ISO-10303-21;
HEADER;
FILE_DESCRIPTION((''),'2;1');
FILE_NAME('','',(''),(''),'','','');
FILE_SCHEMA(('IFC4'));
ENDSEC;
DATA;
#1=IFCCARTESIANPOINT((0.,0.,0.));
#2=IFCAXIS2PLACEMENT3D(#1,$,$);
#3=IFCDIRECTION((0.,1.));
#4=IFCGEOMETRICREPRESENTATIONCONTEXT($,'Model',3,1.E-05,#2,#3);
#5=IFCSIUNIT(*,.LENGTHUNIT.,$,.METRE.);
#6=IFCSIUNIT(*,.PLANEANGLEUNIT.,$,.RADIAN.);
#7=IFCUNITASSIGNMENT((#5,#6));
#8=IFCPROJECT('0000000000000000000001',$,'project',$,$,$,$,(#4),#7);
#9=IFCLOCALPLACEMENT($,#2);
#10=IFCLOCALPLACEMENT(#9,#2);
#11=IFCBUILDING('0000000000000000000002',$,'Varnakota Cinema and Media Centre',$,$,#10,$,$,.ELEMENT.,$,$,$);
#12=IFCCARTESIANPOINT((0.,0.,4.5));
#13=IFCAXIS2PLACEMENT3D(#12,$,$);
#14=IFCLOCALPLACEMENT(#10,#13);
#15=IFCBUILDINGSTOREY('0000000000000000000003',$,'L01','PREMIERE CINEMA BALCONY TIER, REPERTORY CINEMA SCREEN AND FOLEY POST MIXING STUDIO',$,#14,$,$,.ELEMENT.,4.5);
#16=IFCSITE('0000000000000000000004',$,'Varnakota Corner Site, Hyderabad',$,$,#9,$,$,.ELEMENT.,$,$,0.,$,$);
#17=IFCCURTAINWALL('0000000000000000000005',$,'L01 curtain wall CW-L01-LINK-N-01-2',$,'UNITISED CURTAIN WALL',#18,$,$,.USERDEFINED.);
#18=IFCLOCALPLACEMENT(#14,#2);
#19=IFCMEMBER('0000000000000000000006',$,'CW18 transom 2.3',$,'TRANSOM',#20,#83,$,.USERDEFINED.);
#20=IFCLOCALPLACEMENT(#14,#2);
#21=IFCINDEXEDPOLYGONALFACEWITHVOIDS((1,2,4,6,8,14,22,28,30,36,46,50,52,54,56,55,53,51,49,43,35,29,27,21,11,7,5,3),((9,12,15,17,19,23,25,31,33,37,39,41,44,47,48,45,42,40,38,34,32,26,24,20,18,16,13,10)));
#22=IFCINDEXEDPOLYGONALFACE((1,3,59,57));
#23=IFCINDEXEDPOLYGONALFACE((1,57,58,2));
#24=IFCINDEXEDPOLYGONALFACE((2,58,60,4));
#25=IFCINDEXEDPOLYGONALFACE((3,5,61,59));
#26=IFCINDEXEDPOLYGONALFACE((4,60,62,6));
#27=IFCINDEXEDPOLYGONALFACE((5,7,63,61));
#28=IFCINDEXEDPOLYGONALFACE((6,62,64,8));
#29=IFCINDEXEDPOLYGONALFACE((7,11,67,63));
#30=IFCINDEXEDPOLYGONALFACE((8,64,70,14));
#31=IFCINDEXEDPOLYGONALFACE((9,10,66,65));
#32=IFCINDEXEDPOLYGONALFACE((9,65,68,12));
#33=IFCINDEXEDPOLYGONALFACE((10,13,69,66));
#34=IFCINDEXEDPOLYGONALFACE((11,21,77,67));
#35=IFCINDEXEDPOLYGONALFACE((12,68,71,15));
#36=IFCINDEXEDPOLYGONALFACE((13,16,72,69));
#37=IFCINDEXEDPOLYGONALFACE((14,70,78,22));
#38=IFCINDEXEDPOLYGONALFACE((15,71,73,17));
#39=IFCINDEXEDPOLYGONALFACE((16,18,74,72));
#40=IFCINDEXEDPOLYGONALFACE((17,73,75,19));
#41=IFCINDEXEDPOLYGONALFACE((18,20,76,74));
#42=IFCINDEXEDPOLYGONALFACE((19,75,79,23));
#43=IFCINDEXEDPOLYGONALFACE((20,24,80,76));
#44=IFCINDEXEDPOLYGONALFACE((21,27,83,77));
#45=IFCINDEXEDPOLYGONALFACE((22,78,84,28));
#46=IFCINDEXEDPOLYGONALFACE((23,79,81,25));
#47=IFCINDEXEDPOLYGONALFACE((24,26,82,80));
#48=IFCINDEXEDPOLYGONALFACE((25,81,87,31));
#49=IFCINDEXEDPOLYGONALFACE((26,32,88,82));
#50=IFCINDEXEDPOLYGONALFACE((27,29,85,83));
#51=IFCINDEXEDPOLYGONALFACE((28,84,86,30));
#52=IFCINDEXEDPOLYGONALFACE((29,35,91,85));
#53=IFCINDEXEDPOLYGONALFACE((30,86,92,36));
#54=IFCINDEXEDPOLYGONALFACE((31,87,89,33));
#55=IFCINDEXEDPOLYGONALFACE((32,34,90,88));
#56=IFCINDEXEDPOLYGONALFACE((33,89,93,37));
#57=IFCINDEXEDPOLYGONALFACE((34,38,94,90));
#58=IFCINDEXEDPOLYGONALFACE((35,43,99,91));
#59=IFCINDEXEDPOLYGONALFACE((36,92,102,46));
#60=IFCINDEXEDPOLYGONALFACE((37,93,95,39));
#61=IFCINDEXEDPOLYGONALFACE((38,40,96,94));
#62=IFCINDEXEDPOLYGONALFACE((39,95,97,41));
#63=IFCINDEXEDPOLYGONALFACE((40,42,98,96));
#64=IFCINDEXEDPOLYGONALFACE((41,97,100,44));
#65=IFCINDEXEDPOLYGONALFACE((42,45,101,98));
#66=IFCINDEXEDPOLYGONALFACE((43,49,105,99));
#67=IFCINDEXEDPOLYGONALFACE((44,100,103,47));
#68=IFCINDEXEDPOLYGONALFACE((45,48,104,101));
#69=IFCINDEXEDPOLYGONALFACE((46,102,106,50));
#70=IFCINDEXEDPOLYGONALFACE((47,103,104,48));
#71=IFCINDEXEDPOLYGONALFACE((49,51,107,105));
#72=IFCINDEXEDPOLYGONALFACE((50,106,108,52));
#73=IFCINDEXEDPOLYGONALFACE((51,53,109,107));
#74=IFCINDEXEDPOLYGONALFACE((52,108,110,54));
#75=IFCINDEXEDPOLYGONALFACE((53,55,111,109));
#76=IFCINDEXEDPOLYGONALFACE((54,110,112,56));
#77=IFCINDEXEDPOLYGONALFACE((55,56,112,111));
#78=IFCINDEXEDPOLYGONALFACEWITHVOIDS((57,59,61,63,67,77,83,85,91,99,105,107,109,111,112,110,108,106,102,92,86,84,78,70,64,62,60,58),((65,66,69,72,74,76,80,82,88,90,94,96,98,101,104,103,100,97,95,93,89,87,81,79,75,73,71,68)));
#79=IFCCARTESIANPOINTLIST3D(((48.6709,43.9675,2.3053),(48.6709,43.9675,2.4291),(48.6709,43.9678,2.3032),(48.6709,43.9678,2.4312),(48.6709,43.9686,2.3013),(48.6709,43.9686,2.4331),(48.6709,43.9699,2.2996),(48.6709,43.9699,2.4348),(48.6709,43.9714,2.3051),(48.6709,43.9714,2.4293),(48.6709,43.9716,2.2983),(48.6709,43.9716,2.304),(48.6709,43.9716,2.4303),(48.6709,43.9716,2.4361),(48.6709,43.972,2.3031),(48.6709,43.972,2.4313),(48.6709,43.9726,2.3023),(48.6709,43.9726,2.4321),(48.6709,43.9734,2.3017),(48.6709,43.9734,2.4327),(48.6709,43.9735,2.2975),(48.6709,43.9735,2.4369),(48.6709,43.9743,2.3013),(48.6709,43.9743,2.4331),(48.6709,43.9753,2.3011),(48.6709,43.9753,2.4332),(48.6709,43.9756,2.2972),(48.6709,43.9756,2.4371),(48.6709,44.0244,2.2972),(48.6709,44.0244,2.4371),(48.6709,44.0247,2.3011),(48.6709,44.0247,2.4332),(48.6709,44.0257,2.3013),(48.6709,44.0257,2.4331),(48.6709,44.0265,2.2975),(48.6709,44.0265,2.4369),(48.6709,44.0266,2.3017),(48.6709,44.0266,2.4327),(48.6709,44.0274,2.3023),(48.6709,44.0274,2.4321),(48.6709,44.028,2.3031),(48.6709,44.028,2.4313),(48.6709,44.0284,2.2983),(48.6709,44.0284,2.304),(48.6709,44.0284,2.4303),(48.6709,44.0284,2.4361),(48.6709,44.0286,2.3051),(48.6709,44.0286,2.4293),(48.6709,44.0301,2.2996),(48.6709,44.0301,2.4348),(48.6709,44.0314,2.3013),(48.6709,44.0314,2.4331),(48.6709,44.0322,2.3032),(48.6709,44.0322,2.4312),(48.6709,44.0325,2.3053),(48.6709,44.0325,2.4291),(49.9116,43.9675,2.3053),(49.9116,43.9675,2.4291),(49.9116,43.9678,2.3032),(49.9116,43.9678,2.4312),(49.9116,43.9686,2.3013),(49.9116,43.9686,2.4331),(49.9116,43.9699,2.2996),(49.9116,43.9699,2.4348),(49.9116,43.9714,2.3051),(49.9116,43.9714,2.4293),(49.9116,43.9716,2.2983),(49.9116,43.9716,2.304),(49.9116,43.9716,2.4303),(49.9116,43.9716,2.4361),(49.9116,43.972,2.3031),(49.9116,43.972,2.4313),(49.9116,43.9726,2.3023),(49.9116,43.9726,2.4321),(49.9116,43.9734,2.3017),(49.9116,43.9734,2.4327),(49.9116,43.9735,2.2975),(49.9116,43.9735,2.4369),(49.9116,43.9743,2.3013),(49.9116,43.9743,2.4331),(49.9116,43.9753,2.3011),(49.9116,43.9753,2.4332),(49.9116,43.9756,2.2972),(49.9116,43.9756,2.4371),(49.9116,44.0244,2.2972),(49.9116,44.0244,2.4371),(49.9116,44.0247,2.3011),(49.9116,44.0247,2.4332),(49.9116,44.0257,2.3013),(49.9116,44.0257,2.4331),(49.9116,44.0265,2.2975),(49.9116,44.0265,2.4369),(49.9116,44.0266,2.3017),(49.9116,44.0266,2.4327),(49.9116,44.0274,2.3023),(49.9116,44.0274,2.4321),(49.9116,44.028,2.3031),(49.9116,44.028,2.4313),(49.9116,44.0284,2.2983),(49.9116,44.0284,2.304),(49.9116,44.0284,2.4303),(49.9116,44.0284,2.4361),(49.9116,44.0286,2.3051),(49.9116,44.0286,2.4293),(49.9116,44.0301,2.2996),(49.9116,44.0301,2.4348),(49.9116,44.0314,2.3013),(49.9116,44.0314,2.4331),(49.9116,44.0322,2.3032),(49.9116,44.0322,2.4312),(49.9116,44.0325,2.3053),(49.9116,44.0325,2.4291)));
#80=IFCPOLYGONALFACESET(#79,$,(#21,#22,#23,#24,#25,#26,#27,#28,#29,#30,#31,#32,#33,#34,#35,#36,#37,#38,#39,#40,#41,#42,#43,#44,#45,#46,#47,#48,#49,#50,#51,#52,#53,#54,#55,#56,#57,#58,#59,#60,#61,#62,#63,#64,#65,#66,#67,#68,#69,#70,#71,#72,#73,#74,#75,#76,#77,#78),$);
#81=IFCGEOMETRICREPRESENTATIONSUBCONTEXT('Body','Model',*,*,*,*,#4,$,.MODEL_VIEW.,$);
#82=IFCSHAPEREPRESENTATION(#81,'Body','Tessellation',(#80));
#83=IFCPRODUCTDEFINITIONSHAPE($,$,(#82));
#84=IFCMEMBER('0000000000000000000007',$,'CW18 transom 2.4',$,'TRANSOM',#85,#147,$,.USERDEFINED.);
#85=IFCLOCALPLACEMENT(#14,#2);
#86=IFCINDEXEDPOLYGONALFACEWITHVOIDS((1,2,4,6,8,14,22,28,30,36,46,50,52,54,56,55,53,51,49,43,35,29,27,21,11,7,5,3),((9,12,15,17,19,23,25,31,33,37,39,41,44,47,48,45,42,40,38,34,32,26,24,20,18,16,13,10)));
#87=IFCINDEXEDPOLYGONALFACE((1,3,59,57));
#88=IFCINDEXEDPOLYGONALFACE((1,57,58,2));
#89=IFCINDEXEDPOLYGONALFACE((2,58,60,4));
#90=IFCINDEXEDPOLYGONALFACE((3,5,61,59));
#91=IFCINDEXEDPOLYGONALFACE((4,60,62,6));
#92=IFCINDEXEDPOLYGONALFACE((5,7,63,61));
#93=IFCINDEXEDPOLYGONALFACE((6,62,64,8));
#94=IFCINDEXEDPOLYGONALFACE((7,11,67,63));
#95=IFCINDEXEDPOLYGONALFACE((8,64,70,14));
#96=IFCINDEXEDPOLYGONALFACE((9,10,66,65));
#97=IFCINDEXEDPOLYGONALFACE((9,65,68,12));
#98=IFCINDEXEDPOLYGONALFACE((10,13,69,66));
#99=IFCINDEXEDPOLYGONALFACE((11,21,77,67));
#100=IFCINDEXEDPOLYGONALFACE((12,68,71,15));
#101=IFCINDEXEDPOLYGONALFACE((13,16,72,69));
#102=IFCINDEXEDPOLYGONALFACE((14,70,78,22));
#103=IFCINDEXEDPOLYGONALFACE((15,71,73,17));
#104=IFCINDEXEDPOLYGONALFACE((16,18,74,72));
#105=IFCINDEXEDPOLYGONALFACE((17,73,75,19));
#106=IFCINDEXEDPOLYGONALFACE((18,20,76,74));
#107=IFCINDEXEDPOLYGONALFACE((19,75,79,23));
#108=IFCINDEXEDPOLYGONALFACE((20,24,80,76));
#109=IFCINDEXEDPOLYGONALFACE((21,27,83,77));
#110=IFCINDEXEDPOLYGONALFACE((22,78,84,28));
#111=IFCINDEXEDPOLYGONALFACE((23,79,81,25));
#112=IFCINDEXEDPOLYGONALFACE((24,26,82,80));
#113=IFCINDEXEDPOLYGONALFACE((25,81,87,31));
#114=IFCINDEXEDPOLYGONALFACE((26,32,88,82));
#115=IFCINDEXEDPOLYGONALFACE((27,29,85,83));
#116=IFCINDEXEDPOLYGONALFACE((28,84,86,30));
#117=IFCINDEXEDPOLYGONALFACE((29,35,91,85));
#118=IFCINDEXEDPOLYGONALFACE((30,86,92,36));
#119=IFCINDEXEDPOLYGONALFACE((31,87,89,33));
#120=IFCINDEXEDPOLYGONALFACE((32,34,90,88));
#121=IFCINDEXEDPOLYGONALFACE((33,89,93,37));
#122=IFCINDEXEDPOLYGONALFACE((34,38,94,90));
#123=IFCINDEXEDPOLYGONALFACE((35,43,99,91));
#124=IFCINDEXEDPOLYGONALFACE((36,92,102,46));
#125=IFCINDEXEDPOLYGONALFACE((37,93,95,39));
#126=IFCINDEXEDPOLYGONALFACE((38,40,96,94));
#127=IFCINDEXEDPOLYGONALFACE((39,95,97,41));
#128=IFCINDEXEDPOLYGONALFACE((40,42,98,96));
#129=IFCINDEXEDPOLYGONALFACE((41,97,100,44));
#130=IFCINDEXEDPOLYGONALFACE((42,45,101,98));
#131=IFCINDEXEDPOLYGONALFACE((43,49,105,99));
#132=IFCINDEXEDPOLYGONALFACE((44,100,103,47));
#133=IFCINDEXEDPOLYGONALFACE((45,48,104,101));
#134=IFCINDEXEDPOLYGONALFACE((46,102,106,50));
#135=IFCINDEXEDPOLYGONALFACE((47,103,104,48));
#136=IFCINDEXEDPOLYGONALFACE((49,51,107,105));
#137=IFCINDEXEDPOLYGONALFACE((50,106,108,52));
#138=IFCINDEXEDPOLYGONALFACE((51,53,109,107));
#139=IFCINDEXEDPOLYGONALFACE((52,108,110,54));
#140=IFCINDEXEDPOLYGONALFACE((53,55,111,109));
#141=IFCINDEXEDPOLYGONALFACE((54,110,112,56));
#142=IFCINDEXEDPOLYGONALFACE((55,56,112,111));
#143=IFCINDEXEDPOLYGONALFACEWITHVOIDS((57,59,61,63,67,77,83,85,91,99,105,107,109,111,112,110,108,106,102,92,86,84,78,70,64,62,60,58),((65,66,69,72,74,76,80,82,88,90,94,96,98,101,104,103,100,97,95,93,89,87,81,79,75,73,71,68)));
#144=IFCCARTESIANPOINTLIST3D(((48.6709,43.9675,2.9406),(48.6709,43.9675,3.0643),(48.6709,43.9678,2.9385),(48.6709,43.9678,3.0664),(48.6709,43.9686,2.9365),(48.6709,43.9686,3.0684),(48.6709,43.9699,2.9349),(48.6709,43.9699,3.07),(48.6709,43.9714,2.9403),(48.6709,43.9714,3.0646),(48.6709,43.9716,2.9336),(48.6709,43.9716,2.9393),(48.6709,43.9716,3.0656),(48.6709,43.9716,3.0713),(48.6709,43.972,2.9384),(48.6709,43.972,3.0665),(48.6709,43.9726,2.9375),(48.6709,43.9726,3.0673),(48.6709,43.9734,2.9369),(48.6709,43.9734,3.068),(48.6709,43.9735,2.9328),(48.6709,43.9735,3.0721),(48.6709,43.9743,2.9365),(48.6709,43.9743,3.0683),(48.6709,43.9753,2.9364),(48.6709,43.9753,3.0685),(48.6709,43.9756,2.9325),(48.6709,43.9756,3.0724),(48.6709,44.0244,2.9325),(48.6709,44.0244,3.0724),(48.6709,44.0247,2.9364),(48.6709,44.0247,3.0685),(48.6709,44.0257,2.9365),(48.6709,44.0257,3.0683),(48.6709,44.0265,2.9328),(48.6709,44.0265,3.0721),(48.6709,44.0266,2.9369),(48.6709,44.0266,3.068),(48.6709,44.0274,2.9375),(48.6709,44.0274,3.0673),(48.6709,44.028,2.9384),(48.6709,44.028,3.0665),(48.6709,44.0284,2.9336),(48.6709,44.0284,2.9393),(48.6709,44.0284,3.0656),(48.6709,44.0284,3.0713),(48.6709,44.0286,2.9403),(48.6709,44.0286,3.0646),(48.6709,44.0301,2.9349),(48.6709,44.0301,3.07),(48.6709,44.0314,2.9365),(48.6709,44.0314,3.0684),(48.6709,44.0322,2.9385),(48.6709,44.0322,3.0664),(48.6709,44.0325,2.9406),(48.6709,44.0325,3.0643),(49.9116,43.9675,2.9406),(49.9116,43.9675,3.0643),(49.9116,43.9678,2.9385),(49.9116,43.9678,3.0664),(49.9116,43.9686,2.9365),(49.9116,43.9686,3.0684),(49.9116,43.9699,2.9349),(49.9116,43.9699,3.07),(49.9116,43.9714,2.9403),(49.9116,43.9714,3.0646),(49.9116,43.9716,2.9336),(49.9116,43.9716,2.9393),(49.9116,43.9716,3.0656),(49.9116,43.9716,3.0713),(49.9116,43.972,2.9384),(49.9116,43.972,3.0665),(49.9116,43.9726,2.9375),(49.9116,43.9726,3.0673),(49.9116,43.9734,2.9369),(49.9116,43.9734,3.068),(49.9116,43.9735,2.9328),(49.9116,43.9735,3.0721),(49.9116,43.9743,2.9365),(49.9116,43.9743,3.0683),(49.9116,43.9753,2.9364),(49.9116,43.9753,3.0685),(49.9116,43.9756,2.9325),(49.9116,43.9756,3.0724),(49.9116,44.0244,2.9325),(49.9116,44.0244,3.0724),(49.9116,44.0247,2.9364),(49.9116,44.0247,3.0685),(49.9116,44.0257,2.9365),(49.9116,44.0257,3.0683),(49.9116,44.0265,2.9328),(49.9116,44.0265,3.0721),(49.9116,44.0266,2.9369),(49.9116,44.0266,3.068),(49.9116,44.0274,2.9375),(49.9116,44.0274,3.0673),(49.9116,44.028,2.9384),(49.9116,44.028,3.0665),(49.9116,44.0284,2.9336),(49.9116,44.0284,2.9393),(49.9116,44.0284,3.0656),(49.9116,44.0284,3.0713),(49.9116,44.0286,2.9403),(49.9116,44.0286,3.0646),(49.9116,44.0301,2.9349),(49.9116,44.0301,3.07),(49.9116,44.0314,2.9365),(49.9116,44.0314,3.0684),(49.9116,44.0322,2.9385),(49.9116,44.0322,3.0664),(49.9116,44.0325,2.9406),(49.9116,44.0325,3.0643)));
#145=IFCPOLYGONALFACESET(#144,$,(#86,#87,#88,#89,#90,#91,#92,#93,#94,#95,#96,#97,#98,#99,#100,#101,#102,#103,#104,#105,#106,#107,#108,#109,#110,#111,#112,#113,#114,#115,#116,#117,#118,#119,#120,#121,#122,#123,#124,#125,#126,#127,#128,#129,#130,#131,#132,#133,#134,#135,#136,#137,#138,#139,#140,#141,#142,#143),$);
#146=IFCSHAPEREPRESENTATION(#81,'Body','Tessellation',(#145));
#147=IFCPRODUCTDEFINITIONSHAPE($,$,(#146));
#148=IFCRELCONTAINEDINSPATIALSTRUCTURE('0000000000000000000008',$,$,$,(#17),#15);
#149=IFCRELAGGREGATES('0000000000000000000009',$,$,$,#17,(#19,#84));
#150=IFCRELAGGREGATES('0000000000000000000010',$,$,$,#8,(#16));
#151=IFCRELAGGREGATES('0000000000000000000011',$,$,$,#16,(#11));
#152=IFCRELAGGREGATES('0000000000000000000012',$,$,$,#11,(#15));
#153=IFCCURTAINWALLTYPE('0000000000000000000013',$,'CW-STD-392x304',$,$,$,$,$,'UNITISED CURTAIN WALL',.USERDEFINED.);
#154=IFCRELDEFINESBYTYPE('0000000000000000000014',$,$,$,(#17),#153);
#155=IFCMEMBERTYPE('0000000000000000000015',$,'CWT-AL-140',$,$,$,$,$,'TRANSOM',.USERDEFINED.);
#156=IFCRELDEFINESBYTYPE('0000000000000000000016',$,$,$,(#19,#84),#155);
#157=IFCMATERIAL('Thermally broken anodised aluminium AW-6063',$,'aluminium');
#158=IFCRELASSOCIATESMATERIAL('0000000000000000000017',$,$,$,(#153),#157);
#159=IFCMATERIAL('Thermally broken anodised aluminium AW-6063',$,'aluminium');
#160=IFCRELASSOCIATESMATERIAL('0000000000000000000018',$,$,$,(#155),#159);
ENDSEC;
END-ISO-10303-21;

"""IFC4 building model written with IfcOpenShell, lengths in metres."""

from ifc_helpers import new_model, si_unit, direction, frame, origin, origin_2d, place, context, subcontext, project, spatial, hollow_rectangle, extrude, material, material_profile, profile_set, type_object, element, aggregate, save


model = new_model("IFC4")

# Units and contexts
model_context = context("Model", 3, precision=1e-05, world=origin(), true_north=direction((0.0, 1.0)))
body_context = subcontext(model_context, "Body", "Model", "MODEL_VIEW")
ifc_project = project(units=[si_unit("LENGTHUNIT", "METRE"), si_unit("PLANEANGLEUNIT", "RADIAN")], contexts=[model_context])

# Site, building, storey
site_placement = place(None, origin())
site = spatial("IfcSite", under=ifc_project, at=site_placement, Name="Varnakota Corner Site, Hyderabad", CompositionType="ELEMENT", RefElevation=0.0)
building_placement = place(site_placement, origin())
building = spatial("IfcBuilding", under=site, at=building_placement, Name="Varnakota Cinema and Media Centre", CompositionType="ELEMENT")
storey_placement = place(building_placement, frame((0.0, 0.0, 4.5)))
storey = spatial("IfcBuildingStorey", under=building, at=storey_placement, Name="L01", Description="PREMIERE CINEMA BALCONY TIER, REPERTORY CINEMA SCREEN AND FOLEY POST MIXING STUDIO", CompositionType="ELEMENT", Elevation=4.5)

# Shared definitions
ifc_material_1 = material(Name="Thermally broken anodised aluminium AW-6063", Category="aluminium")
curtain_wall_type = type_object("IfcCurtainWallType", Name="CW-STD-392x304", ElementType="UNITISED CURTAIN WALL", PredefinedType="USERDEFINED", material=ifc_material_1)

# Curtain wall, members
curtain_wall_1_placement = place(storey_placement, origin())
curtain_wall_1 = element("IfcCurtainWall", 1, at=curtain_wall_1_placement, inside=storey, type_object=curtain_wall_type, Name="L01 curtain wall CW-L01-LINK-N-01-2", ObjectType="UNITISED CURTAIN WALL", PredefinedType="USERDEFINED")
ifc_material_2 = material(Name="Thermally broken anodised aluminium AW-6063", Category="aluminium")
ifc_material_profile_1 = material_profile(ifc_material_2, hollow_rectangle(XDim=0.0649, YDim=0.1399, WallThickness=0.0039, InnerFilletRadius=0.0039, OuterFilletRadius=0.0081, at=origin_2d()), Name="AL-TRANSOM 140x65x4")
ifc_profile_set_1 = profile_set([ifc_material_profile_1], Name="Thermally broken anodised aluminium AW-6063")
member_type_1 = type_object("IfcMemberType", Name="CWT-AL-140", ElementType="TRANSOM", PredefinedType="USERDEFINED", material=ifc_profile_set_1)
member_1_placement = place(storey_placement, frame((48.6709, 44.0, 2.3672), z_axis=(1.0, 0.0, 0.0), x_axis=(0.0, 1.0, 0.0)))
member_1 = element("IfcMember", 2, at=member_1_placement, type_object=member_type_1, Name="CW18 transom 2.3", ObjectType="TRANSOM", PredefinedType="USERDEFINED", context=body_context, shape_type="SweptSolid", body=[
    extrude(hollow_rectangle(XDim=0.0649, YDim=0.1399, WallThickness=0.0039, InnerFilletRadius=0.0039, OuterFilletRadius=0.0081, at=origin_2d()), origin(), (0.0, 0.0, 1.0), 1.2407),
])
member_2_placement = place(storey_placement, frame((48.6709, 44.0, 3.0024), z_axis=(1.0, 0.0, 0.0), x_axis=(0.0, 1.0, 0.0)))
member_2 = element("IfcMember", 3, at=member_2_placement, type_object=member_type_1, Name="CW18 transom 2.4", ObjectType="TRANSOM", PredefinedType="USERDEFINED", context=body_context, shape_type="SweptSolid", body=[
    extrude(hollow_rectangle(XDim=0.0649, YDim=0.1399, WallThickness=0.0039, InnerFilletRadius=0.0039, OuterFilletRadius=0.0081, at=origin_2d()), origin(), (0.0, 0.0, 1.0), 1.2407),
])

aggregate(curtain_wall_1, [member_1, member_2])

save(model, "model.ifc")
